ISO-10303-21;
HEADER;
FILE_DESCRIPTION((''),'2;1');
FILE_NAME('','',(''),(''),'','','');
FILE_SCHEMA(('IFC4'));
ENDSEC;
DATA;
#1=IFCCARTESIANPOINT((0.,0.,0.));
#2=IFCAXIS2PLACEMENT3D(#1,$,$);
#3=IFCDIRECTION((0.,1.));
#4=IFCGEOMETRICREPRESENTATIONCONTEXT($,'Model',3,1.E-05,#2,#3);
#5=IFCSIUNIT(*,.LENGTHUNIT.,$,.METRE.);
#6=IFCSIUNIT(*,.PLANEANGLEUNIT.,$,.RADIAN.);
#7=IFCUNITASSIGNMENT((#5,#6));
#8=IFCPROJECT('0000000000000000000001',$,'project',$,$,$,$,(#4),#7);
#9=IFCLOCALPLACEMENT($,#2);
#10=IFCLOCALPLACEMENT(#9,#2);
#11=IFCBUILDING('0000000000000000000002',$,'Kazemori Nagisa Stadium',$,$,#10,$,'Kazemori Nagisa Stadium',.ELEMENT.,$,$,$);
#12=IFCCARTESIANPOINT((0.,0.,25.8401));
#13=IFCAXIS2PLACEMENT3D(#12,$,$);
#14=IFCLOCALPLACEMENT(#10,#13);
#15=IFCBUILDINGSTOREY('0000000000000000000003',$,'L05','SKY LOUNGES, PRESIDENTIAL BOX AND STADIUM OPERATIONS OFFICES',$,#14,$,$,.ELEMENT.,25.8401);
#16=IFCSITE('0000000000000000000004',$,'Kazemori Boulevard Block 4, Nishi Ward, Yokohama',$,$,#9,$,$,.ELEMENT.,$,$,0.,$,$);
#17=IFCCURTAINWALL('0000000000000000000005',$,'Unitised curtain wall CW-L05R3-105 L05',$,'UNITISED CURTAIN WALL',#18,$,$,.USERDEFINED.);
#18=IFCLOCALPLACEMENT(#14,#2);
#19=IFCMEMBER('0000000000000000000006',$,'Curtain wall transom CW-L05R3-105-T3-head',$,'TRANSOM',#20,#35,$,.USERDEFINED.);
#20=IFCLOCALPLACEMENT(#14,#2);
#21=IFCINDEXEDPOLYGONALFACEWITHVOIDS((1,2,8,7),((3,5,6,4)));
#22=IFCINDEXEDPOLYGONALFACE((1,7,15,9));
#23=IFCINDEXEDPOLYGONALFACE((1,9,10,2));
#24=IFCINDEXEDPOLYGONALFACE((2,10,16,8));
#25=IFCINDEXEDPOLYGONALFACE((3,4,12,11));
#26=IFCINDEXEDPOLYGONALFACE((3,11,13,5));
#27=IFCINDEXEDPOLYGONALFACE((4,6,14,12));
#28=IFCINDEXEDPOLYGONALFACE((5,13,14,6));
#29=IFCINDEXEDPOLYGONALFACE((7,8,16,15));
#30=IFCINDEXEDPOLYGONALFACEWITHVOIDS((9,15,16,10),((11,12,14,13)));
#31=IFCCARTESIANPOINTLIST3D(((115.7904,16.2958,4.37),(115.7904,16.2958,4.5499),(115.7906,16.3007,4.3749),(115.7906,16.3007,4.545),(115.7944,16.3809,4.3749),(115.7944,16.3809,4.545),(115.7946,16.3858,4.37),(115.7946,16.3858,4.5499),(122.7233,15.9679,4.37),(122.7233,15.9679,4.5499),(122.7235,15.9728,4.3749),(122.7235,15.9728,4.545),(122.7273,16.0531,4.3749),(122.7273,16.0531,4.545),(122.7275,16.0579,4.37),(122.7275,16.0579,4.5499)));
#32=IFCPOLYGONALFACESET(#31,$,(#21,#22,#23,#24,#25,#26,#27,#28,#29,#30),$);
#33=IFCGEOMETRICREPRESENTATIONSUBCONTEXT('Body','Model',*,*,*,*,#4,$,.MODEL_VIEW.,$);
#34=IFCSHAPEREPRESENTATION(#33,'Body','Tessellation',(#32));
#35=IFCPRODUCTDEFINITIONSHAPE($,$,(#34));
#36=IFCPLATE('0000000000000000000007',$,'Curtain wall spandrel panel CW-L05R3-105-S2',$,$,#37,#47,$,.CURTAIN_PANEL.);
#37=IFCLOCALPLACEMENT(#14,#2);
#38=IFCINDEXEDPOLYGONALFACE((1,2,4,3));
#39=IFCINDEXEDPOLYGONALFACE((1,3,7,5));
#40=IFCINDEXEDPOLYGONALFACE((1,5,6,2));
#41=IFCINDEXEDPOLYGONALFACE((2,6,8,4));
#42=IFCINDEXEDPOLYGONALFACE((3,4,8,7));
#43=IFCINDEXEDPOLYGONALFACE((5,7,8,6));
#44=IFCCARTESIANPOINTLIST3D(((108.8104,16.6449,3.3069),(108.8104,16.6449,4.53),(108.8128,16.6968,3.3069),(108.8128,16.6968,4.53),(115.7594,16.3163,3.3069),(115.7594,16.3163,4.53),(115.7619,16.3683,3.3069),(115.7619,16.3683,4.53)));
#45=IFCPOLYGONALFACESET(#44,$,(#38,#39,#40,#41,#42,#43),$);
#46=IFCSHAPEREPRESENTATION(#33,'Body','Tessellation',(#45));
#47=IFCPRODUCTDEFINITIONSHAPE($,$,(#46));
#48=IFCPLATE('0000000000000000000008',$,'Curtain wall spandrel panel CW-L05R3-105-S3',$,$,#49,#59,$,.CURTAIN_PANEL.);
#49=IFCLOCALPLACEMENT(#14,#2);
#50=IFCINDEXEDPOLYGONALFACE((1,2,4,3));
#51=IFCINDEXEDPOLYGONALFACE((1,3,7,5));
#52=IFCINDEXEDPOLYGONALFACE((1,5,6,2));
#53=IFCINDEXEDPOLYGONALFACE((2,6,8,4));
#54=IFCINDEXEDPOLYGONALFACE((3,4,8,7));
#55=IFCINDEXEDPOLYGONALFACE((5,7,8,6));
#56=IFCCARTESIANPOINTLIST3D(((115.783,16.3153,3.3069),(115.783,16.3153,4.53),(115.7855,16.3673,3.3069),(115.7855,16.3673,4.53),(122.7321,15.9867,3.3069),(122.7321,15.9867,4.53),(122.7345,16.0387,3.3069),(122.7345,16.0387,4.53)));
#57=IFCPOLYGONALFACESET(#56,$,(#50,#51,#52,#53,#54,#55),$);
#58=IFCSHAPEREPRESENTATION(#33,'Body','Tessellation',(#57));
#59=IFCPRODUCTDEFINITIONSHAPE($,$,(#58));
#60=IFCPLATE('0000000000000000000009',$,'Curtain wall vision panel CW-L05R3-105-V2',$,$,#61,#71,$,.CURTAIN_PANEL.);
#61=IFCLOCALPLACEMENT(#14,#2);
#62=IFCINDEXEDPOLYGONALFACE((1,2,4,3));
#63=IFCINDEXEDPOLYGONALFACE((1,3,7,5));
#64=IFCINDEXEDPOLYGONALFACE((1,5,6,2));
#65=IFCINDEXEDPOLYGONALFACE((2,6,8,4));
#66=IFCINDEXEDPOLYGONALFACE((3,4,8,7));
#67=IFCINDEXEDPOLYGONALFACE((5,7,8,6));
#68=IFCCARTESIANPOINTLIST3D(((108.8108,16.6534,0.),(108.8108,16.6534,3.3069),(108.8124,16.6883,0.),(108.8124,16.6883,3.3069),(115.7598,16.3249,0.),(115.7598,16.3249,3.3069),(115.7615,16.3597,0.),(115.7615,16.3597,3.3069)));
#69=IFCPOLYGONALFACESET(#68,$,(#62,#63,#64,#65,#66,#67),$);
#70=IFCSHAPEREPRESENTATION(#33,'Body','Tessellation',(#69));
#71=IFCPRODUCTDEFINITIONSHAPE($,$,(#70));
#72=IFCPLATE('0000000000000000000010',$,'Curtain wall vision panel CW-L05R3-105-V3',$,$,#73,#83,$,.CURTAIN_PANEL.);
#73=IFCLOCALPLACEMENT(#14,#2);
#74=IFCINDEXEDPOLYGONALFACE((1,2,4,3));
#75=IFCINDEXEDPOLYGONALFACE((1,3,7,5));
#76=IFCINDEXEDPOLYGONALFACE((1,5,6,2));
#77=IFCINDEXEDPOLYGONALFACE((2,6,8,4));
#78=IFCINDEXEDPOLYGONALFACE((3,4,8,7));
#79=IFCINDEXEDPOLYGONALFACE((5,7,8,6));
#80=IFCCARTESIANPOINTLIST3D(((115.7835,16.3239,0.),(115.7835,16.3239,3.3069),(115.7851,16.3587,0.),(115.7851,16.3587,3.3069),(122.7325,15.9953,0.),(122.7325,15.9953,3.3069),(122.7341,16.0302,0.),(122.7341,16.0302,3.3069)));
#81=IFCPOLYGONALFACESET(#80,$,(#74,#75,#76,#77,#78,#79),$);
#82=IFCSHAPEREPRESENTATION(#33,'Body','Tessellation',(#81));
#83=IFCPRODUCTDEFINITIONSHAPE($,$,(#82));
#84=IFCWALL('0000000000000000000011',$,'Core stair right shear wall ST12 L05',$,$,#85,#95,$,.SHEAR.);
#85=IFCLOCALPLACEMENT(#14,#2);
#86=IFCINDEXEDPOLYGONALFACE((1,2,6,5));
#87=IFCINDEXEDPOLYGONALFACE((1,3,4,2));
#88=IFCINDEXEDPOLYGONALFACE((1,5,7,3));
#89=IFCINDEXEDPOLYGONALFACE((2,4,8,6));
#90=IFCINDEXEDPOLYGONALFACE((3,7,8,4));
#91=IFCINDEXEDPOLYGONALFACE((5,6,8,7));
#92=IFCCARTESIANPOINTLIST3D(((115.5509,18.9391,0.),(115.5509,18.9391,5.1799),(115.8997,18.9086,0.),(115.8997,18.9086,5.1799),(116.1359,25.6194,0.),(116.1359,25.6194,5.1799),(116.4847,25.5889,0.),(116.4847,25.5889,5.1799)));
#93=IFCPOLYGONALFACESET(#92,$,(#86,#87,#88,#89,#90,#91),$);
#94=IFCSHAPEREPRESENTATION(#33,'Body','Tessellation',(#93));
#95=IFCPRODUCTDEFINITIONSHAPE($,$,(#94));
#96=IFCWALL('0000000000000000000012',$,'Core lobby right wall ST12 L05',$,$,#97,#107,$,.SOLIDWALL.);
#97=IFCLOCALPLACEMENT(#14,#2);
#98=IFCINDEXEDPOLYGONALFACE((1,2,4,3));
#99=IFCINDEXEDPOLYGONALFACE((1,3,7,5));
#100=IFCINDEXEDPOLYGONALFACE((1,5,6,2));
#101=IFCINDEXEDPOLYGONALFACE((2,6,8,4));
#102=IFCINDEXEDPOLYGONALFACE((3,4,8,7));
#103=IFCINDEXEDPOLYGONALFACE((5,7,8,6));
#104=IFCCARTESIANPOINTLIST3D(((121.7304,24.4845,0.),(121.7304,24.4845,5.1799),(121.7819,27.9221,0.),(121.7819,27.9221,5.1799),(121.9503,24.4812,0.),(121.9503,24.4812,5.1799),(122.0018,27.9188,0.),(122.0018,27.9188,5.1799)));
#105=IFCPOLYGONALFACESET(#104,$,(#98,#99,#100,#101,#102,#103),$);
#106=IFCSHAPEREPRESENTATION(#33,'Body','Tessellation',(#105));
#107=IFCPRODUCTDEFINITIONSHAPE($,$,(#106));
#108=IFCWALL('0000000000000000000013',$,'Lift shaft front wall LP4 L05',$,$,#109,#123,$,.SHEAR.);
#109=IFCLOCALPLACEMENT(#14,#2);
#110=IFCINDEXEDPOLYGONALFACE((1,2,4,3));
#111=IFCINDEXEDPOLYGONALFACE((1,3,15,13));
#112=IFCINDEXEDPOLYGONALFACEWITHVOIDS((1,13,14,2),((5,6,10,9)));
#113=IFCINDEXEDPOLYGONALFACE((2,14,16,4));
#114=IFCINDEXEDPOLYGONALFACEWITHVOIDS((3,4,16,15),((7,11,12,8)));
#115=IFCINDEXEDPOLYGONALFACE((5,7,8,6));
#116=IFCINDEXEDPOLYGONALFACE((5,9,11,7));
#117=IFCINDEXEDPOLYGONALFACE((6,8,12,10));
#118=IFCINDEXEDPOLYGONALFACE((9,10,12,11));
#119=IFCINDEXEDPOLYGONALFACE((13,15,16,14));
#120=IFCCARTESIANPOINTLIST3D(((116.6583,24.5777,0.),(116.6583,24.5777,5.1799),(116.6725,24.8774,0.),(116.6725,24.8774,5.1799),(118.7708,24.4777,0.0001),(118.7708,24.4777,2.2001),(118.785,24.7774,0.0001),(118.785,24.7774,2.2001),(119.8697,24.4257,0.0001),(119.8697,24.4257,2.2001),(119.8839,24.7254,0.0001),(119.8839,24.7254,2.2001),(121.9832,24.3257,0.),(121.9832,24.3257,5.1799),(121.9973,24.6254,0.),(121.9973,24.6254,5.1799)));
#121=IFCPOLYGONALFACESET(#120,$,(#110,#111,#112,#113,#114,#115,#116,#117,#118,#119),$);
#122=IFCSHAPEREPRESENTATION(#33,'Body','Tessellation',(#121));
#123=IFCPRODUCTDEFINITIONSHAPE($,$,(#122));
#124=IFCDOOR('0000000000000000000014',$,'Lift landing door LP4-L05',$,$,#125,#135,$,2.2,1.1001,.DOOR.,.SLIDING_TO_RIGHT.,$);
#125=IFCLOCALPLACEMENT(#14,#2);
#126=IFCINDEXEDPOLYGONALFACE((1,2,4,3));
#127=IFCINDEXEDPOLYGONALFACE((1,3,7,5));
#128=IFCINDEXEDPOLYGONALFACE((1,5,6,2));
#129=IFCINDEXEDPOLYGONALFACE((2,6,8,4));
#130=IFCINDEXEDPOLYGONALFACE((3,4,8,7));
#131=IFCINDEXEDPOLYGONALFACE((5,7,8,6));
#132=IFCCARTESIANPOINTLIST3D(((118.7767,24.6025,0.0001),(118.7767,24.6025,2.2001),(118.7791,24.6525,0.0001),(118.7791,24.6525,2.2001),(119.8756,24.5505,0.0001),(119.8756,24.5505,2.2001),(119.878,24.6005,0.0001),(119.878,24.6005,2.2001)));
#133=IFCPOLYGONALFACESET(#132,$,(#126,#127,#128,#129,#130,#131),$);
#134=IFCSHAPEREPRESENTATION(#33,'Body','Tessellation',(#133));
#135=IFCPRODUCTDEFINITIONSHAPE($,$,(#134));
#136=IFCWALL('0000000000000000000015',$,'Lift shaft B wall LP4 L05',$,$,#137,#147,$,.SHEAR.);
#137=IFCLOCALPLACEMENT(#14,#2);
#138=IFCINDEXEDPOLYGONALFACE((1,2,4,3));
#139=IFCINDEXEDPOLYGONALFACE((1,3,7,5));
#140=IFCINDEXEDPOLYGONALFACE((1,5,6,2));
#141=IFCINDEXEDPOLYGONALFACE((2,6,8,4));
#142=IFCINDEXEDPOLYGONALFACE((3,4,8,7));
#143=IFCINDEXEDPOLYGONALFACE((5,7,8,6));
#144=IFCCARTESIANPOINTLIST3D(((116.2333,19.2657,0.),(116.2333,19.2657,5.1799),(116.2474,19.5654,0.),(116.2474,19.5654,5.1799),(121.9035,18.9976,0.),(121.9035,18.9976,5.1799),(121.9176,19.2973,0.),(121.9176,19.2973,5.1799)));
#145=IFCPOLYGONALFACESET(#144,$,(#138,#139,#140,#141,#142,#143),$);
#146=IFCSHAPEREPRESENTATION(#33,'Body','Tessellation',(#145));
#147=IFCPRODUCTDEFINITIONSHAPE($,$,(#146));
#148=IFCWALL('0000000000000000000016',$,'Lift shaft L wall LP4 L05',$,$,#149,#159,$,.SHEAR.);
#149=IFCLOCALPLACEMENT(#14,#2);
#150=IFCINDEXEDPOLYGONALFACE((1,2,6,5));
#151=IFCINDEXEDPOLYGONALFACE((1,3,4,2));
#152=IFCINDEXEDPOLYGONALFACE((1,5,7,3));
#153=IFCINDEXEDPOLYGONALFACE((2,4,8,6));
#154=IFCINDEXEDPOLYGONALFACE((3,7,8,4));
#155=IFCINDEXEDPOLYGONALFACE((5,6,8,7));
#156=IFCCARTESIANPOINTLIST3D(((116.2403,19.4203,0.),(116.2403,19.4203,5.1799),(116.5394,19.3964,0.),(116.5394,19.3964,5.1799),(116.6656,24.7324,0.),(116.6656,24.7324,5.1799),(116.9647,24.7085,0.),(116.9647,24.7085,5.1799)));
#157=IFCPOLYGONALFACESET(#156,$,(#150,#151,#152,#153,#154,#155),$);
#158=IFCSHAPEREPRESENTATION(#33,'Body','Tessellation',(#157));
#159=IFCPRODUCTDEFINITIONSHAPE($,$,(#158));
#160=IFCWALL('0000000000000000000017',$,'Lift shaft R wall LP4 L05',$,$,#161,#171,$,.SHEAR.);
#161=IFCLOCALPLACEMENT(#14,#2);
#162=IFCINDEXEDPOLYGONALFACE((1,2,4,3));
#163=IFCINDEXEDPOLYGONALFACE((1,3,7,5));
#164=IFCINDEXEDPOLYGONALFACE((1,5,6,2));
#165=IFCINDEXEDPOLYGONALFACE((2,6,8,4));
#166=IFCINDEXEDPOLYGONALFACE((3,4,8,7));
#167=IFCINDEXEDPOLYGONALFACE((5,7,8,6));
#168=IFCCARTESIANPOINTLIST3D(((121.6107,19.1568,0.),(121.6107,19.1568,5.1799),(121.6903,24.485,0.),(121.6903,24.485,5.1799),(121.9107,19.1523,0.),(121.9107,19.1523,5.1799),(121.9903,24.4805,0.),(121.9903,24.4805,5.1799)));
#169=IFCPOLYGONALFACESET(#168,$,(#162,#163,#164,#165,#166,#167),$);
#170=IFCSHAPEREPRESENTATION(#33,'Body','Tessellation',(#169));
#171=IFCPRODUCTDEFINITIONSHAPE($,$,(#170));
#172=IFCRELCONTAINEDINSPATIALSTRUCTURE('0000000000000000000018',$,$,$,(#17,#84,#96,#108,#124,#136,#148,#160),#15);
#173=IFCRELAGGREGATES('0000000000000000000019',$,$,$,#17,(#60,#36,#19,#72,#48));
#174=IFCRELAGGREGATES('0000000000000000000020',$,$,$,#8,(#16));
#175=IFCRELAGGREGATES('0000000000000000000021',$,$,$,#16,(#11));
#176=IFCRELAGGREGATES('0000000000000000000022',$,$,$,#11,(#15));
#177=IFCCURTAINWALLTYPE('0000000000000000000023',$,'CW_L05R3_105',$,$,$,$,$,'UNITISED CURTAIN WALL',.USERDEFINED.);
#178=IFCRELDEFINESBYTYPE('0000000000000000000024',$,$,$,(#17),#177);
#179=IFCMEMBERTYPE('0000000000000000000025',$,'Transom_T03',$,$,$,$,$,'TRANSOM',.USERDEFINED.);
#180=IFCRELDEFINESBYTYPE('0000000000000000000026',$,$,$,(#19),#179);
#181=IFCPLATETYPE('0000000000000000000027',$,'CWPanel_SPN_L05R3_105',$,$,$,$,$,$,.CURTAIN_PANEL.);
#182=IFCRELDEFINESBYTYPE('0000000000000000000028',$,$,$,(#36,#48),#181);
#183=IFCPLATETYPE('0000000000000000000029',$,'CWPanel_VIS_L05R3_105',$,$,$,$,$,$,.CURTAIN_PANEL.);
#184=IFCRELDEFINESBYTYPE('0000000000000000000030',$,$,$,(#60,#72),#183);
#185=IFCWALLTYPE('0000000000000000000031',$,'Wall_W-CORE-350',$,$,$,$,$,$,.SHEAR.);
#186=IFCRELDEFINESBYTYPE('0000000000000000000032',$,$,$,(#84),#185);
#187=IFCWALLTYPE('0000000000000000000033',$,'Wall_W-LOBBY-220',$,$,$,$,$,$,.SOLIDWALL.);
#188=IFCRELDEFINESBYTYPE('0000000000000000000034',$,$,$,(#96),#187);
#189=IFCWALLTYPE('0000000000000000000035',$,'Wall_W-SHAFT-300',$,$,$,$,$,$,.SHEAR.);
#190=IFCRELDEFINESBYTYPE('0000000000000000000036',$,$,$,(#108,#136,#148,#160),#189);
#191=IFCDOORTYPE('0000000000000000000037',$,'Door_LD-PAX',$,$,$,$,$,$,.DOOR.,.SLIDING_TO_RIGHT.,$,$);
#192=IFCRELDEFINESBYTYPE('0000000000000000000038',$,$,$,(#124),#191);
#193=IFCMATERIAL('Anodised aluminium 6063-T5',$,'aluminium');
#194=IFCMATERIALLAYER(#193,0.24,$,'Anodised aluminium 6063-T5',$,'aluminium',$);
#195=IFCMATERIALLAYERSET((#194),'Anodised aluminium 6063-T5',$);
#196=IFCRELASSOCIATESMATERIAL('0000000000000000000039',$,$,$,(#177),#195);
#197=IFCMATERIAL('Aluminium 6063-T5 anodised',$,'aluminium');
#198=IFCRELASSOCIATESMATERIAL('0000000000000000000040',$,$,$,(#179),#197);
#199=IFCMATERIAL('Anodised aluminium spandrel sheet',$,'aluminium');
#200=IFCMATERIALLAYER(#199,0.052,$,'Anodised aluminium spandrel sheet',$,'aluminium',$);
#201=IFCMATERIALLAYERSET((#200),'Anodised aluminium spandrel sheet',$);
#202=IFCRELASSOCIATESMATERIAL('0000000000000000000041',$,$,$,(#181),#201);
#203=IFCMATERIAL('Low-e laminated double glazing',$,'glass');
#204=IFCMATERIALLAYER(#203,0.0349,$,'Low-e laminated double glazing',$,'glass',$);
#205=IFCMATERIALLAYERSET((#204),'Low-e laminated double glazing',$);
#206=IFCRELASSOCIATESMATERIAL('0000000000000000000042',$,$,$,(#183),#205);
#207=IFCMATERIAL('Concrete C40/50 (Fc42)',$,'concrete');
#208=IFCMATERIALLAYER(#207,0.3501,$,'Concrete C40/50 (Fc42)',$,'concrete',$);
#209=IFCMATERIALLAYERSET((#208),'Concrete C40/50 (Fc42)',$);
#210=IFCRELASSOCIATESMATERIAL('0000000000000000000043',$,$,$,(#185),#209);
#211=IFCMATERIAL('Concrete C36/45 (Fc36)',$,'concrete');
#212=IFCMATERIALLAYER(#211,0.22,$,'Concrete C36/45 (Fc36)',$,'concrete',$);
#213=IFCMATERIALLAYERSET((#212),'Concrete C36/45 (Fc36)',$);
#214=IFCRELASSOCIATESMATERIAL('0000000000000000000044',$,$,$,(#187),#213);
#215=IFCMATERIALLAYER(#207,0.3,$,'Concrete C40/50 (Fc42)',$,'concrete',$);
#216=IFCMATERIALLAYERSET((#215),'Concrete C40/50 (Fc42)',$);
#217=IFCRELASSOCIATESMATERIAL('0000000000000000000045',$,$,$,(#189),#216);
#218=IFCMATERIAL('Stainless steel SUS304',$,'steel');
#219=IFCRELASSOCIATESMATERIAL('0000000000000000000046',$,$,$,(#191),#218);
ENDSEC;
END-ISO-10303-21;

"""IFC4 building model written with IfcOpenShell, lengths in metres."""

from ifc_helpers import new_model, si_unit, direction, frame, frame_2d, origin, origin_2d, place, context, subcontext, project, spatial, rectangle, hollow_rectangle, extrude, material, layer, layer_set, material_profile, profile_set, type_object, element, fill, aggregate, save


model = new_model("IFC4")

# Units and contexts
model_context = context("Model", 3, precision=1e-05, world=origin(), true_north=direction((0.0, 1.0)))
body_context = subcontext(model_context, "Body", "Model", "MODEL_VIEW")
ifc_project = project(units=[si_unit("LENGTHUNIT", "METRE"), si_unit("PLANEANGLEUNIT", "RADIAN")], contexts=[model_context])

# Site, building, storey
site_placement = place(None, origin())
site = spatial("IfcSite", under=ifc_project, at=site_placement, Name="Kazemori Boulevard Block 4, Nishi Ward, Yokohama", CompositionType="ELEMENT", RefElevation=0.0)
building_placement = place(site_placement, origin())
building = spatial("IfcBuilding", under=site, at=building_placement, Name="Kazemori Nagisa Stadium", LongName="Kazemori Nagisa Stadium", CompositionType="ELEMENT")
storey_placement = place(building_placement, frame((0.0, 0.0, 25.8401)))
storey = spatial("IfcBuildingStorey", under=building, at=storey_placement, Name="L05", Description="SKY LOUNGES, PRESIDENTIAL BOX AND STADIUM OPERATIONS OFFICES", CompositionType="ELEMENT", Elevation=25.8401)

# Shared definitions
ifc_material_1 = material(Name="Concrete C40/50 (Fc42)", Category="concrete")

# Curtain wall, member, plates
ifc_material_2 = material(Name="Anodised aluminium 6063-T5", Category="aluminium")
ifc_layer_1 = layer(ifc_material_2, 0.24, Name="Anodised aluminium 6063-T5", Category="aluminium")
ifc_layer_set_1 = layer_set([ifc_layer_1], Name="Anodised aluminium 6063-T5")
curtain_wall_type = type_object("IfcCurtainWallType", Name="CW_L05R3_105", ElementType="UNITISED CURTAIN WALL", PredefinedType="USERDEFINED", material=ifc_layer_set_1)
curtain_wall_placement = place(storey_placement, origin())
curtain_wall = element("IfcCurtainWall", 1, at=curtain_wall_placement, inside=storey, type_object=curtain_wall_type, Name="Unitised curtain wall CW-L05R3-105 L05", ObjectType="UNITISED CURTAIN WALL", PredefinedType="USERDEFINED")
ifc_material_3 = material(Name="Aluminium 6063-T5 anodised", Category="aluminium")
ifc_material_profile_1 = material_profile(ifc_material_3, hollow_rectangle(XDim=0.0901, YDim=0.1799, WallThickness=0.0049, at=origin_2d()), Name="ALU-TRAN-90x180x5")
ifc_profile_set_1 = profile_set([ifc_material_profile_1], Name="Aluminium 6063-T5 anodised")
member_type_1 = type_object("IfcMemberType", Name="Transom_T03", ElementType="TRANSOM", PredefinedType="USERDEFINED", material=ifc_profile_set_1)
member_1_placement = place(storey_placement, frame((115.7925, 16.3408, 4.46), z_axis=(0.998884, -0.047241, 0.0), x_axis=(0.047241, 0.998884, 0.0)))
member_1 = element("IfcMember", 2, at=member_1_placement, type_object=member_type_1, Name="Curtain wall transom CW-L05R3-105-T3-head", ObjectType="TRANSOM", PredefinedType="USERDEFINED", context=body_context, shape_type="SweptSolid", body=[
    extrude(hollow_rectangle(XDim=0.0901, YDim=0.1799, WallThickness=0.0049, at=origin_2d()), origin(), (0.0, 0.0, 1.0), 6.9407),
])
ifc_material_4 = material(Name="Anodised aluminium spandrel sheet", Category="aluminium")
ifc_layer_2 = layer(ifc_material_4, 0.052, Name="Anodised aluminium spandrel sheet", Category="aluminium")
ifc_layer_set_2 = layer_set([ifc_layer_2], Name="Anodised aluminium spandrel sheet")
plate_type_1 = type_object("IfcPlateType", Name="CWPanel_SPN_L05R3_105", PredefinedType="CURTAIN_PANEL", material=ifc_layer_set_2)
plate_1_placement = place(storey_placement, frame((112.2861, 16.5066, 3.3069), z_axis=(0.0, 0.0, 1.0), x_axis=(0.998884, -0.04723, 0.0)))
plate_1 = element("IfcPlate", 3, at=plate_1_placement, type_object=plate_type_1, Name="Curtain wall spandrel panel CW-L05R3-105-S2", PredefinedType="CURTAIN_PANEL", context=body_context, shape_type="SweptSolid", body=[
    extrude(rectangle(XDim=6.9568, YDim=0.052, at=origin_2d()), origin(), (0.0, 0.0, 1.0), 1.2231),
])
plate_2_placement = place(storey_placement, frame((119.2588, 16.177, 3.3069), z_axis=(0.0, 0.0, 1.0), x_axis=(0.998884, -0.04723, 0.0)))
plate_2 = element("IfcPlate", 4, at=plate_2_placement, type_object=plate_type_1, Name="Curtain wall spandrel panel CW-L05R3-105-S3", PredefinedType="CURTAIN_PANEL", context=body_context, shape_type="SweptSolid", body=[
    extrude(rectangle(XDim=6.9568, YDim=0.052, at=origin_2d()), origin(), (0.0, 0.0, 1.0), 1.2231),
])
ifc_material_5 = material(Name="Low-e laminated double glazing", Category="glass")
ifc_layer_3 = layer(ifc_material_5, 0.0349, Name="Low-e laminated double glazing", Category="glass")
ifc_layer_set_3 = layer_set([ifc_layer_3], Name="Low-e laminated double glazing")
plate_type_2 = type_object("IfcPlateType", Name="CWPanel_VIS_L05R3_105", PredefinedType="CURTAIN_PANEL", material=ifc_layer_set_3)
plate_3_placement = place(storey_placement, frame((112.2861, 16.5066, 0.0), z_axis=(0.0, 0.0, 1.0), x_axis=(0.998884, -0.04723, 0.0)))
plate_3 = element("IfcPlate", 5, at=plate_3_placement, type_object=plate_type_2, Name="Curtain wall vision panel CW-L05R3-105-V2", PredefinedType="CURTAIN_PANEL", context=body_context, shape_type="SweptSolid", body=[
    extrude(rectangle(XDim=6.9568, YDim=0.0349, at=origin_2d()), origin(), (0.0, 0.0, 1.0), 3.3069),
])
plate_4_placement = place(storey_placement, frame((119.2588, 16.177, 0.0), z_axis=(0.0, 0.0, 1.0), x_axis=(0.998884, -0.04723, 0.0)))
plate_4 = element("IfcPlate", 6, at=plate_4_placement, type_object=plate_type_2, Name="Curtain wall vision panel CW-L05R3-105-V3", PredefinedType="CURTAIN_PANEL", context=body_context, shape_type="SweptSolid", body=[
    extrude(rectangle(XDim=6.9568, YDim=0.0349, at=origin_2d()), origin(), (0.0, 0.0, 1.0), 3.3069),
])
aggregate(curtain_wall, [plate_3, plate_1, member_1, plate_4, plate_2])

# Walls
ifc_layer_4 = layer(ifc_material_1, 0.3501, Name="Concrete C40/50 (Fc42)", Category="concrete")
ifc_layer_set_4 = layer_set([ifc_layer_4], Name="Concrete C40/50 (Fc42)")
wall_type_1 = type_object("IfcWallType", Name="Wall_W-CORE-350", PredefinedType="SHEAR", material=ifc_layer_set_4)
wall_1_placement = place(storey_placement, frame((116.3103, 25.6042, 0.0), z_axis=(0.0, 0.0, 1.0), x_axis=(-0.087233, -0.996188, 0.0)))
element("IfcWall", 7, at=wall_1_placement, inside=storey, type_object=wall_type_1, Name="Core stair right shear wall ST12 L05", PredefinedType="SHEAR", context=body_context, shape_type="SweptSolid", body=[
    extrude(rectangle(XDim=6.7058, YDim=0.3501, at=frame_2d((3.353, 0.0))), origin(), (0.0, 0.0, 1.0), 5.1799),
])
ifc_material_6 = material(Name="Concrete C36/45 (Fc36)", Category="concrete")
ifc_layer_5 = layer(ifc_material_6, 0.22, Name="Concrete C36/45 (Fc36)", Category="concrete")
ifc_layer_set_5 = layer_set([ifc_layer_5], Name="Concrete C36/45 (Fc36)")
wall_type_2 = type_object("IfcWallType", Name="Wall_W-LOBBY-220", PredefinedType="SOLIDWALL", material=ifc_layer_set_5)
wall_2_placement = place(storey_placement, frame((121.8918, 27.9204, 0.0), z_axis=(0.0, 0.0, 1.0), x_axis=(-0.014984, -0.999888, 0.0)))
element("IfcWall", 8, at=wall_2_placement, inside=storey, type_object=wall_type_2, Name="Core lobby right wall ST12 L05", PredefinedType="SOLIDWALL", context=body_context, shape_type="SweptSolid", body=[
    extrude(rectangle(XDim=3.438, YDim=0.22, at=frame_2d((1.719, 0.0))), origin(), (0.0, 0.0, 1.0), 5.1799),
])

# Wall, opening, door
ifc_layer_6 = layer(ifc_material_1, 0.3, Name="Concrete C40/50 (Fc42)", Category="concrete")
ifc_layer_set_6 = layer_set([ifc_layer_6], Name="Concrete C40/50 (Fc42)")
wall_type_3 = type_object("IfcWallType", Name="Wall_W-SHAFT-300", PredefinedType="SHEAR", material=ifc_layer_set_6)
wall_3_placement = place(storey_placement, frame((116.6653, 24.7275, 0.0), z_axis=(0.0, 0.0, 1.0), x_axis=(0.998882, -0.047263, 0.0)))
wall_3 = element("IfcWall", 9, at=wall_3_placement, inside=storey, type_object=wall_type_3, Name="Lift shaft front wall LP4 L05", PredefinedType="SHEAR", context=body_context, shape_type="SweptSolid", body=[
    extrude(rectangle(XDim=5.3308, YDim=0.3, at=frame_2d((2.6655, 0.0))), origin(), (0.0, 0.0, 1.0), 5.1799),
])
opening_placement = place(wall_3_placement, frame((2.115, 0.0, 0.0)))
opening = element("IfcOpeningElement", 10, at=opening_placement, cuts=wall_3, PredefinedType="OPENING", context=body_context, shape_type="SweptSolid", body=[
    extrude(rectangle(XDim=1.1001, YDim=2.2, at=frame_2d((0.55, 1.1001))), frame((0.0, 0.1599, 0.0), z_axis=(0.0, -1.0, 0.0), x_axis=(1.0, 0.0, 0.0)), (0.0, 0.0, 1.0), 0.3201),
])
ifc_material_7 = material(Name="Stainless steel SUS304", Category="steel")
door_type = type_object("IfcDoorType", Name="Door_LD-PAX", OperationType="SLIDING_TO_RIGHT", PredefinedType="DOOR", material=ifc_material_7)
door_placement = place(opening_placement, origin())
door = element("IfcDoor", 11, at=door_placement, inside=storey, type_object=door_type, Name="Lift landing door LP4-L05", OperationType="SLIDING_TO_RIGHT", OverallHeight=2.2, OverallWidth=1.1001, PredefinedType="DOOR", context=body_context, shape_type="SweptSolid", body=[
    extrude(rectangle(XDim=1.1001, YDim=2.2, at=frame_2d((0.55, 1.1001))), frame((0.0, 0.0249, 0.0), z_axis=(0.0, -1.0, 0.0), x_axis=(1.0, 0.0, 0.0)), (0.0, 0.0, 1.0), 0.05),
])
fill(opening, door)

# Walls
wall_4_placement = place(storey_placement, frame((116.2402, 19.4155, 0.0), z_axis=(0.0, 0.0, 1.0), x_axis=(0.998884, -0.047224, 0.0)))
element("IfcWall", 12, at=wall_4_placement, inside=storey, type_object=wall_type_3, Name="Lift shaft B wall LP4 L05", PredefinedType="SHEAR", context=body_context, shape_type="SweptSolid", body=[
    extrude(rectangle(XDim=5.6765, YDim=0.3, at=frame_2d((2.8384, 0.0))), origin(), (0.0, 0.0, 1.0), 5.1799),
])
wall_5_placement = place(storey_placement, frame((116.8152, 24.7205, 0.0), z_axis=(0.0, 0.0, 1.0), x_axis=(-0.079807, -0.99681, 0.0)))
element("IfcWall", 13, at=wall_5_placement, inside=storey, type_object=wall_type_3, Name="Lift shaft L wall LP4 L05", PredefinedType="SHEAR", context=body_context, shape_type="SweptSolid", body=[
    extrude(rectangle(XDim=5.3291, YDim=0.3, at=frame_2d((2.6646, 0.0))), origin(), (0.0, 0.0, 1.0), 5.1799),
])
wall_6_placement = place(storey_placement, frame((121.8403, 24.4829, 0.0), z_axis=(0.0, 0.0, 1.0), x_axis=(-0.014935, -0.999888, 0.0)))
element("IfcWall", 14, at=wall_6_placement, inside=storey, type_object=wall_type_3, Name="Lift shaft R wall LP4 L05", PredefinedType="SHEAR", context=body_context, shape_type="SweptSolid", body=[
    extrude(rectangle(XDim=5.3289, YDim=0.3, at=frame_2d((2.6646, 0.0))), origin(), (0.0, 0.0, 1.0), 5.1799),
])

save(model, "model.ifc")
